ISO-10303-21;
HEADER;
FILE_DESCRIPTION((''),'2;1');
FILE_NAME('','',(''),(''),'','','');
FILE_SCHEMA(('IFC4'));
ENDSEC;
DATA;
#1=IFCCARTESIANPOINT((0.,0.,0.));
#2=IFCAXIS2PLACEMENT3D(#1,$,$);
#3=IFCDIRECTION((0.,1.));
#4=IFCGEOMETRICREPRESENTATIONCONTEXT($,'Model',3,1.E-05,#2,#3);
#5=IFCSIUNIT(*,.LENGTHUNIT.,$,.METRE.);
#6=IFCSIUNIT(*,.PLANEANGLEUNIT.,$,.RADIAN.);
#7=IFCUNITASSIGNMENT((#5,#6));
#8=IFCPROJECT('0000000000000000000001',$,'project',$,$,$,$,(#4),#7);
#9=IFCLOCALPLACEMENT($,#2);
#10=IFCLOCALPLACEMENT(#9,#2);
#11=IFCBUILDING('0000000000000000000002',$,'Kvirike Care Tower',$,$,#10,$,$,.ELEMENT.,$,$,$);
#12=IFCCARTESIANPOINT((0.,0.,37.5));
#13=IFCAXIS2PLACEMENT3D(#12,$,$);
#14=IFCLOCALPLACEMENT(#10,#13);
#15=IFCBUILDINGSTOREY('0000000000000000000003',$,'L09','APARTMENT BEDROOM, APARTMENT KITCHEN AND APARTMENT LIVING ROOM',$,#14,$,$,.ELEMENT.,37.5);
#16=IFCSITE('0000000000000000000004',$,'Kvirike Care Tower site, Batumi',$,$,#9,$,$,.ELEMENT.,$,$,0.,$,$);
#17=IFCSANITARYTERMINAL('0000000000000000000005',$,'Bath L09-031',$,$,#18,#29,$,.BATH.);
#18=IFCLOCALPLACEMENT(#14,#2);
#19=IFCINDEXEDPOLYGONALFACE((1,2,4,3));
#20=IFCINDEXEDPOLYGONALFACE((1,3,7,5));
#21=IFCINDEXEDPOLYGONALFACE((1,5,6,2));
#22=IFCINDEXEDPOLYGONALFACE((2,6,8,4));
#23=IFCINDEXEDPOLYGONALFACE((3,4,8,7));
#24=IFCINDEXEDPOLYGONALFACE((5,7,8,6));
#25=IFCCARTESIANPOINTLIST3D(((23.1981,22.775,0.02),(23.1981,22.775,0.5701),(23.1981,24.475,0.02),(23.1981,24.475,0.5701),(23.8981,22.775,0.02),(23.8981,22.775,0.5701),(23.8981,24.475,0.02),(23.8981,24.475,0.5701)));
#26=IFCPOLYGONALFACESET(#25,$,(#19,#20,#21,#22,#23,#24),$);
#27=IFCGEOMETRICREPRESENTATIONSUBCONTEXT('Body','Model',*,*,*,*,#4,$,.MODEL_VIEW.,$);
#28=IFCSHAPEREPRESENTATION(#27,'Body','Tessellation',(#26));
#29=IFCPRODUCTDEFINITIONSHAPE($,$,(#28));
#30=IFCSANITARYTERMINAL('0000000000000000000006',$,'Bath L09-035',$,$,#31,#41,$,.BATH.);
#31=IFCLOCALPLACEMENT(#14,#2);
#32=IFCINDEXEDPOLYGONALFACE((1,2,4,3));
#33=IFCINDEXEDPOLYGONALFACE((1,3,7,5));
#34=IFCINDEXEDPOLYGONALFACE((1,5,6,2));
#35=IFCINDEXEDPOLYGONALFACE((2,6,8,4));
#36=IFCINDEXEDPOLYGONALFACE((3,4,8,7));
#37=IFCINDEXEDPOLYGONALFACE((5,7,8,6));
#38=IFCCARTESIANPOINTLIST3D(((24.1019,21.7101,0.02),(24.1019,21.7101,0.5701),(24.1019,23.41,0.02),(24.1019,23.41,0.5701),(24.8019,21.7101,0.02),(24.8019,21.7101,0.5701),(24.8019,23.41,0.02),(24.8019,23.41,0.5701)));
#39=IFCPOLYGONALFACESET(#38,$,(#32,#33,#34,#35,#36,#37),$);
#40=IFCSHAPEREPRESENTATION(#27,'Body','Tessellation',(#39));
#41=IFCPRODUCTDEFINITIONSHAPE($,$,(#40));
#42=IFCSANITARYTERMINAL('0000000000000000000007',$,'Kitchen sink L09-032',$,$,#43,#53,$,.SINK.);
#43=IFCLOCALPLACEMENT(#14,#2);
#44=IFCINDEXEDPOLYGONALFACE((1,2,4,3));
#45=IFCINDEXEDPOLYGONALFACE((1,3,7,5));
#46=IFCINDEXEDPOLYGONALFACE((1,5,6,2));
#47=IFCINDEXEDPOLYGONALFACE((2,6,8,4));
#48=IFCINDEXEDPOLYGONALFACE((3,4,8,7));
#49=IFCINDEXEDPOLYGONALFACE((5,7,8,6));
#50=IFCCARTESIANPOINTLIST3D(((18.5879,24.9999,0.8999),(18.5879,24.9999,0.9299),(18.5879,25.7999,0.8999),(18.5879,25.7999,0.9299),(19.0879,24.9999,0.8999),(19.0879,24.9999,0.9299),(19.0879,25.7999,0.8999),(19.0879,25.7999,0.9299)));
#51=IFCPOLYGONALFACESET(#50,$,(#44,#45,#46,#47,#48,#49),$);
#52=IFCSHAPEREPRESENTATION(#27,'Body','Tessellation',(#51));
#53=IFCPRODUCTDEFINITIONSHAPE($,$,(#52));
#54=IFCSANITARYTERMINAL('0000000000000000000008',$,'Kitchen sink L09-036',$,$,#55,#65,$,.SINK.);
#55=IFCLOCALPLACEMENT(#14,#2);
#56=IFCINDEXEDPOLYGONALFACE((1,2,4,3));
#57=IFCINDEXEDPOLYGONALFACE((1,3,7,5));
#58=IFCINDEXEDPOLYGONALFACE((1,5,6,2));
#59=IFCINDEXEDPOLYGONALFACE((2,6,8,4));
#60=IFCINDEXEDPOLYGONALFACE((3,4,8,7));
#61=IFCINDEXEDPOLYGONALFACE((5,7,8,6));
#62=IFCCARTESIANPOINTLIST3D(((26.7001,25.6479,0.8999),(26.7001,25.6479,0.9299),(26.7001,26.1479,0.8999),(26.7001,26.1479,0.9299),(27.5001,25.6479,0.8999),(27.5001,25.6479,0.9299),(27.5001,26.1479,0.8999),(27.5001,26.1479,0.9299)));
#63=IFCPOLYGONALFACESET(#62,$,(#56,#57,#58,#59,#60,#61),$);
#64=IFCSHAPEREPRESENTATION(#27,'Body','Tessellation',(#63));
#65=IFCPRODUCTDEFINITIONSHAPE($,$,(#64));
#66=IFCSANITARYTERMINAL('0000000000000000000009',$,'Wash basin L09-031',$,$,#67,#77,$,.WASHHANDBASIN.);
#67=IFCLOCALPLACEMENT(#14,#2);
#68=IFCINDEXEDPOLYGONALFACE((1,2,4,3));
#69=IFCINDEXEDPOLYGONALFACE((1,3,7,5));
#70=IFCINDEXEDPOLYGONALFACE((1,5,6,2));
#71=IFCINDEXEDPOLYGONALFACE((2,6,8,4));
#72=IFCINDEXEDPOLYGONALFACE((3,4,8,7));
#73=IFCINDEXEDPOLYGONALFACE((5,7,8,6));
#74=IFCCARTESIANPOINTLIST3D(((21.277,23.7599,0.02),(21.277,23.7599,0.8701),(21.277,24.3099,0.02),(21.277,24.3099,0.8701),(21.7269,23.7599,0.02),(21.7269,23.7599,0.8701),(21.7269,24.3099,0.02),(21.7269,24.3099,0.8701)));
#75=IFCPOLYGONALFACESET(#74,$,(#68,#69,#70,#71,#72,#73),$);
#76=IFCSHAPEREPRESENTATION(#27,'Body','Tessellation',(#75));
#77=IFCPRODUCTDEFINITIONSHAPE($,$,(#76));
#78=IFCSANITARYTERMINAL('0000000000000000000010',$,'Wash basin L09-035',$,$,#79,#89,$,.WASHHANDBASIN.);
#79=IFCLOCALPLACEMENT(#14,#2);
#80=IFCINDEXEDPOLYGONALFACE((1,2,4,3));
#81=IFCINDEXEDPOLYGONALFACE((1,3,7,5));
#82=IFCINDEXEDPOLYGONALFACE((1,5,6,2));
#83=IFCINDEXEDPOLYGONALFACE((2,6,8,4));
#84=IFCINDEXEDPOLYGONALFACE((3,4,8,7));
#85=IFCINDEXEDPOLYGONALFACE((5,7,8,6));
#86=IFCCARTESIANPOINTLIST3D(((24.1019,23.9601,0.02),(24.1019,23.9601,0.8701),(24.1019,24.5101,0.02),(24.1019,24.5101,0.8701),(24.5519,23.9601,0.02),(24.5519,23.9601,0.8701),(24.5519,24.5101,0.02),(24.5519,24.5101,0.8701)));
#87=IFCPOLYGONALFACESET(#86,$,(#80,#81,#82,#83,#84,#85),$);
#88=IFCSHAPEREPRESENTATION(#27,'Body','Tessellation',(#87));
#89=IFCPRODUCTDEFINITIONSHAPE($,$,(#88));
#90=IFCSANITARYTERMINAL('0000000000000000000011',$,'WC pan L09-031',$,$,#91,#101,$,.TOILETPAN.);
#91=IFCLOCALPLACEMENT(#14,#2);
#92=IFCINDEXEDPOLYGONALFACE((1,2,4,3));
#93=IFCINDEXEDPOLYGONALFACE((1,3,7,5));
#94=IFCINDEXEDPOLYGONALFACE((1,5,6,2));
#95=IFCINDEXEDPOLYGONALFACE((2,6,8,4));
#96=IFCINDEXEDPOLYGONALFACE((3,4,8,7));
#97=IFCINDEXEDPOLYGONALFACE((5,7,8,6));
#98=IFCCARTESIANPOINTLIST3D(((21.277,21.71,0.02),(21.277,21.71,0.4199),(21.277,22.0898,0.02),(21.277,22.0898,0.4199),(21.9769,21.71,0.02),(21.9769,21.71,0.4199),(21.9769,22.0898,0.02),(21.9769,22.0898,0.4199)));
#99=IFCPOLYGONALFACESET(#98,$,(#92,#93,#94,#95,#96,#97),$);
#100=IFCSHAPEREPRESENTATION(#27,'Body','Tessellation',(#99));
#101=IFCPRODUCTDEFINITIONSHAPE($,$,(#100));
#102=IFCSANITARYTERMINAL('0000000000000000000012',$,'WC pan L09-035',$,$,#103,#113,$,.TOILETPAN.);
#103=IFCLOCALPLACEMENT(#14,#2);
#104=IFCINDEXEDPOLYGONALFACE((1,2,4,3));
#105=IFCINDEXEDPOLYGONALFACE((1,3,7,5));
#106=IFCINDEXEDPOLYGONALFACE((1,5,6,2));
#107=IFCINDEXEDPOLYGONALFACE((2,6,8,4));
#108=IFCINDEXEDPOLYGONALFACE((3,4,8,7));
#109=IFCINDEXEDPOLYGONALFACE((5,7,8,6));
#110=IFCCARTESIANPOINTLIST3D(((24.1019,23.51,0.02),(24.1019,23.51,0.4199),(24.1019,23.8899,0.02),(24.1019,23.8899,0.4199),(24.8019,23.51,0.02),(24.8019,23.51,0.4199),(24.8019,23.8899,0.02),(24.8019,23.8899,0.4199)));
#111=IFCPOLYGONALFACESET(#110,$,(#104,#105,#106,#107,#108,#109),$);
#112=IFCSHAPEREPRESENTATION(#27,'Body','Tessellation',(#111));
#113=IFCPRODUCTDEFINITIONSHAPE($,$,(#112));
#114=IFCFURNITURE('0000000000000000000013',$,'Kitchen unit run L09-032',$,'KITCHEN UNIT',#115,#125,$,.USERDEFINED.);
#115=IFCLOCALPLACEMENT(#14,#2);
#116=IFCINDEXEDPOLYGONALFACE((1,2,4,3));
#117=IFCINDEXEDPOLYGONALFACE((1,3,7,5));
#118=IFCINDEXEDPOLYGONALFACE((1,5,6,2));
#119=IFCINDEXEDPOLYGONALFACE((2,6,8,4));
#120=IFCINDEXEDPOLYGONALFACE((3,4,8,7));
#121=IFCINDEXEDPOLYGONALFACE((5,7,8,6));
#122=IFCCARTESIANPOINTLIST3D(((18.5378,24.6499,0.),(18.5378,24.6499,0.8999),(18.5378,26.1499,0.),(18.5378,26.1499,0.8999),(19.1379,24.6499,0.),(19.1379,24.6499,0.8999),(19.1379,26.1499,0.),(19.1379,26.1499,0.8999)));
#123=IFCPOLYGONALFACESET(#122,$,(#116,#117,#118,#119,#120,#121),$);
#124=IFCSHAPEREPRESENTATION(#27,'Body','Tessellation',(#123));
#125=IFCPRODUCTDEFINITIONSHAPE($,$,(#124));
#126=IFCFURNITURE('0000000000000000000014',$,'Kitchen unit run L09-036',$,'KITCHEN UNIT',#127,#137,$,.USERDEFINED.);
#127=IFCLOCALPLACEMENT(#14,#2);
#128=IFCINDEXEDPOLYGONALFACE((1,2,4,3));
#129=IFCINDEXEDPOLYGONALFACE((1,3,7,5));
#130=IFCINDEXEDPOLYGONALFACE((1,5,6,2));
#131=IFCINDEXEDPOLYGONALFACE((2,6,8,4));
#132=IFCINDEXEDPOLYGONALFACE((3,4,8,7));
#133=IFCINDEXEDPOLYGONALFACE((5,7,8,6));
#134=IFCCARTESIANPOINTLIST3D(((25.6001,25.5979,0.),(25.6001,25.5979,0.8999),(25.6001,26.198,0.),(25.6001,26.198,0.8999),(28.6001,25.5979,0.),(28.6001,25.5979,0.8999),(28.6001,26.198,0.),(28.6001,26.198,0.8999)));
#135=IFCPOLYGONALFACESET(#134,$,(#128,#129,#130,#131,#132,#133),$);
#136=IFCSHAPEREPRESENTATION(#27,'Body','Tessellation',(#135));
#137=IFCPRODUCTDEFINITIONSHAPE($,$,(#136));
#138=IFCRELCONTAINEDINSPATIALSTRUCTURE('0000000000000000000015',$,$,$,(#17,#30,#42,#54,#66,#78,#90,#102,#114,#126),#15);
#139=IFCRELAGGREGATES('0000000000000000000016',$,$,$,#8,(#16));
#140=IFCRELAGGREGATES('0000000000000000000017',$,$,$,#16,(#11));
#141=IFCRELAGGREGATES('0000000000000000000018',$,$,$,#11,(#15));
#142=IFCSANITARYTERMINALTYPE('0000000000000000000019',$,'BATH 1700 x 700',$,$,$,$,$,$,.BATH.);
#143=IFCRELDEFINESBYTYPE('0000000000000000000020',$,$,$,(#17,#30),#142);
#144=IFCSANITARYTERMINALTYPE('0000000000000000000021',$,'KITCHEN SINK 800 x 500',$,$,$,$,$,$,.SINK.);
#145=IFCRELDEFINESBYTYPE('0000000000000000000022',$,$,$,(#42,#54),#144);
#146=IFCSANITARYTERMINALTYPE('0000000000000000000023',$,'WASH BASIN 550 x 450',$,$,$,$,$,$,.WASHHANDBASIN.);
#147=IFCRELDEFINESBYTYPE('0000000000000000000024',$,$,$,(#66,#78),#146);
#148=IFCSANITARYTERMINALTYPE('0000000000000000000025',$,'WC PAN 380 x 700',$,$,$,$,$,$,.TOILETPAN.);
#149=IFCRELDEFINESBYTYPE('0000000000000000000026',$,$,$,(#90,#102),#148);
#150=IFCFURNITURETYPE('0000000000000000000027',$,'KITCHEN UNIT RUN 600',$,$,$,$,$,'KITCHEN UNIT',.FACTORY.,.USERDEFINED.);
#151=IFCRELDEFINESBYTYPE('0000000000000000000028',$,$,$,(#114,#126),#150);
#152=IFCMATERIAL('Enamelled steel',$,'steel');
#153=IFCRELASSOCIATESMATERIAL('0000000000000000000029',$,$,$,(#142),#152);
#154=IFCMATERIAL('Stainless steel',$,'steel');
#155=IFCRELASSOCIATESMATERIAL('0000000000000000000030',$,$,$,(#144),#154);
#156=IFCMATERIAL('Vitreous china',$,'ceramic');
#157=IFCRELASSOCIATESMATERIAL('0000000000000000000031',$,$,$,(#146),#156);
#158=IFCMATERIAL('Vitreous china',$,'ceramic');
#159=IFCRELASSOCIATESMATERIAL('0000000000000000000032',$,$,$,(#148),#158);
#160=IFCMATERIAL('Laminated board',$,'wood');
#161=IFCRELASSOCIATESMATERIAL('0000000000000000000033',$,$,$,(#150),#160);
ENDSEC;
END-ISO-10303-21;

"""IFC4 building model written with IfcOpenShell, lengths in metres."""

from ifc_helpers import new_model, si_unit, direction, frame, origin, origin_2d, place, context, subcontext, project, spatial, rectangle, extrude, material, type_object, element, save


model = new_model("IFC4")

# Units and contexts
model_context = context("Model", 3, precision=1e-05, world=origin(), true_north=direction((0.0, 1.0)))
body_context = subcontext(model_context, "Body", "Model", "MODEL_VIEW")
ifc_project = project(units=[si_unit("LENGTHUNIT", "METRE"), si_unit("PLANEANGLEUNIT", "RADIAN")], contexts=[model_context])

# Site, building, storey
site_placement = place(None, origin())
site = spatial("IfcSite", under=ifc_project, at=site_placement, Name="Kvirike Care Tower site, Batumi", CompositionType="ELEMENT", RefElevation=0.0)
building_placement = place(site_placement, origin())
building = spatial("IfcBuilding", under=site, at=building_placement, Name="Kvirike Care Tower", CompositionType="ELEMENT")
storey_placement = place(building_placement, frame((0.0, 0.0, 37.5)))
storey = spatial("IfcBuildingStorey", under=building, at=storey_placement, Name="L09", Description="APARTMENT BEDROOM, APARTMENT KITCHEN AND APARTMENT LIVING ROOM", CompositionType="ELEMENT", Elevation=37.5)

# Sanitary terminals
ifc_material_1 = material(Name="Enamelled steel", Category="steel")
sanitary_terminal_type_1 = type_object("IfcSanitaryTerminalType", Name="BATH 1700 x 700", PredefinedType="BATH", material=ifc_material_1)
for number, where, z_axis, x_axis, name in (
    (1, (23.5481, 23.625, 0.02), (0.0, 0.0, 1.0), (0.0, -1.0, 0.0), "Bath L09-031"),
    (2, (24.4519, 22.5601, 0.02), (0.0, 0.0, 1.0), (0.0, 1.0, 0.0), "Bath L09-035"),
):
    element("IfcSanitaryTerminal", number, at=place(storey_placement, frame(where, z_axis=z_axis, x_axis=x_axis)), inside=storey, type_object=sanitary_terminal_type_1, Name=name, PredefinedType="BATH", context=body_context, shape_type="SweptSolid", body=[
        extrude(rectangle(XDim=1.7, YDim=0.7, at=origin_2d()), origin(), (0.0, 0.0, 1.0), 0.55),
    ])
ifc_material_2 = material(Name="Stainless steel", Category="steel")
sanitary_terminal_type_2 = type_object("IfcSanitaryTerminalType", Name="KITCHEN SINK 800 x 500", PredefinedType="SINK", material=ifc_material_2)
for number, where, z_axis, x_axis, name in (
    (3, (18.8379, 25.3999, 0.8999), (0.0, 0.0, 1.0), (0.0, -1.0, 0.0), "Kitchen sink L09-032"),
    (4, (27.1001, 25.8979, 0.8999), (0.0, 0.0, 1.0), (1.0, 0.0, 0.0), "Kitchen sink L09-036"),
):
    element("IfcSanitaryTerminal", number, at=place(storey_placement, frame(where, z_axis=z_axis, x_axis=x_axis)), inside=storey, type_object=sanitary_terminal_type_2, Name=name, PredefinedType="SINK", context=body_context, shape_type="SweptSolid", body=[
        extrude(rectangle(XDim=0.8, YDim=0.5, at=origin_2d()), origin(), (0.0, 0.0, 1.0), 0.03),
    ])
ifc_material_3 = material(Name="Vitreous china", Category="ceramic")
sanitary_terminal_type_3 = type_object("IfcSanitaryTerminalType", Name="WASH BASIN 550 x 450", PredefinedType="WASHHANDBASIN", material=ifc_material_3)
for number, where, z_axis, x_axis, name in (
    (5, (21.502, 24.0349, 0.02), (0.0, 0.0, 1.0), (0.0, 1.0, 0.0), "Wash basin L09-031"),
    (6, (24.3269, 24.2351, 0.02), (0.0, 0.0, 1.0), (0.0, 1.0, 0.0), "Wash basin L09-035"),
):
    element("IfcSanitaryTerminal", number, at=place(storey_placement, frame(where, z_axis=z_axis, x_axis=x_axis)), inside=storey, type_object=sanitary_terminal_type_3, Name=name, PredefinedType="WASHHANDBASIN", context=body_context, shape_type="SweptSolid", body=[
        extrude(rectangle(XDim=0.55, YDim=0.45, at=origin_2d()), origin(), (0.0, 0.0, 1.0), 0.8501),
    ])
ifc_material_4 = material(Name="Vitreous china", Category="ceramic")
sanitary_terminal_type_4 = type_object("IfcSanitaryTerminalType", Name="WC PAN 380 x 700", PredefinedType="TOILETPAN", material=ifc_material_4)
for number, where, z_axis, x_axis, name in (
    (7, (21.627, 21.8999, 0.02), (0.0, 0.0, 1.0), (0.0, 1.0, 0.0), "WC pan L09-031"),
    (8, (24.4519, 23.7, 0.02), (0.0, 0.0, 1.0), (0.0, 1.0, 0.0), "WC pan L09-035"),
):
    element("IfcSanitaryTerminal", number, at=place(storey_placement, frame(where, z_axis=z_axis, x_axis=x_axis)), inside=storey, type_object=sanitary_terminal_type_4, Name=name, PredefinedType="TOILETPAN", context=body_context, shape_type="SweptSolid", body=[
        extrude(rectangle(XDim=0.3799, YDim=0.7, at=origin_2d()), origin(), (0.0, 0.0, 1.0), 0.3999),
    ])

# Furniture
ifc_material_5 = material(Name="Laminated board", Category="wood")
furniture_type = type_object("IfcFurnitureType", Name="KITCHEN UNIT RUN 600", ElementType="KITCHEN UNIT", AssemblyPlace="FACTORY", PredefinedType="USERDEFINED", material=ifc_material_5)
furniture_1_placement = place(storey_placement, frame((18.8379, 25.3999, 0.0), z_axis=(0.0, 0.0, 1.0), x_axis=(0.0, -1.0, 0.0)))
element("IfcFurniture", 9, at=furniture_1_placement, inside=storey, type_object=furniture_type, Name="Kitchen unit run L09-032", ObjectType="KITCHEN UNIT", PredefinedType="USERDEFINED", context=body_context, shape_type="SweptSolid", body=[
    extrude(rectangle(XDim=1.5, YDim=0.6001, at=origin_2d()), origin(), (0.0, 0.0, 1.0), 0.8999),
])
furniture_2_placement = place(storey_placement, frame((27.1001, 25.8979, 0.0), z_axis=(0.0, 0.0, 1.0), x_axis=(1.0, 0.0, 0.0)))
element("IfcFurniture", 10, at=furniture_2_placement, inside=storey, type_object=furniture_type, Name="Kitchen unit run L09-036", ObjectType="KITCHEN UNIT", PredefinedType="USERDEFINED", context=body_context, shape_type="SweptSolid", body=[
    extrude(rectangle(XDim=3.0, YDim=0.6001, at=origin_2d()), origin(), (0.0, 0.0, 1.0), 0.8999),
])

save(model, "model.ifc")
